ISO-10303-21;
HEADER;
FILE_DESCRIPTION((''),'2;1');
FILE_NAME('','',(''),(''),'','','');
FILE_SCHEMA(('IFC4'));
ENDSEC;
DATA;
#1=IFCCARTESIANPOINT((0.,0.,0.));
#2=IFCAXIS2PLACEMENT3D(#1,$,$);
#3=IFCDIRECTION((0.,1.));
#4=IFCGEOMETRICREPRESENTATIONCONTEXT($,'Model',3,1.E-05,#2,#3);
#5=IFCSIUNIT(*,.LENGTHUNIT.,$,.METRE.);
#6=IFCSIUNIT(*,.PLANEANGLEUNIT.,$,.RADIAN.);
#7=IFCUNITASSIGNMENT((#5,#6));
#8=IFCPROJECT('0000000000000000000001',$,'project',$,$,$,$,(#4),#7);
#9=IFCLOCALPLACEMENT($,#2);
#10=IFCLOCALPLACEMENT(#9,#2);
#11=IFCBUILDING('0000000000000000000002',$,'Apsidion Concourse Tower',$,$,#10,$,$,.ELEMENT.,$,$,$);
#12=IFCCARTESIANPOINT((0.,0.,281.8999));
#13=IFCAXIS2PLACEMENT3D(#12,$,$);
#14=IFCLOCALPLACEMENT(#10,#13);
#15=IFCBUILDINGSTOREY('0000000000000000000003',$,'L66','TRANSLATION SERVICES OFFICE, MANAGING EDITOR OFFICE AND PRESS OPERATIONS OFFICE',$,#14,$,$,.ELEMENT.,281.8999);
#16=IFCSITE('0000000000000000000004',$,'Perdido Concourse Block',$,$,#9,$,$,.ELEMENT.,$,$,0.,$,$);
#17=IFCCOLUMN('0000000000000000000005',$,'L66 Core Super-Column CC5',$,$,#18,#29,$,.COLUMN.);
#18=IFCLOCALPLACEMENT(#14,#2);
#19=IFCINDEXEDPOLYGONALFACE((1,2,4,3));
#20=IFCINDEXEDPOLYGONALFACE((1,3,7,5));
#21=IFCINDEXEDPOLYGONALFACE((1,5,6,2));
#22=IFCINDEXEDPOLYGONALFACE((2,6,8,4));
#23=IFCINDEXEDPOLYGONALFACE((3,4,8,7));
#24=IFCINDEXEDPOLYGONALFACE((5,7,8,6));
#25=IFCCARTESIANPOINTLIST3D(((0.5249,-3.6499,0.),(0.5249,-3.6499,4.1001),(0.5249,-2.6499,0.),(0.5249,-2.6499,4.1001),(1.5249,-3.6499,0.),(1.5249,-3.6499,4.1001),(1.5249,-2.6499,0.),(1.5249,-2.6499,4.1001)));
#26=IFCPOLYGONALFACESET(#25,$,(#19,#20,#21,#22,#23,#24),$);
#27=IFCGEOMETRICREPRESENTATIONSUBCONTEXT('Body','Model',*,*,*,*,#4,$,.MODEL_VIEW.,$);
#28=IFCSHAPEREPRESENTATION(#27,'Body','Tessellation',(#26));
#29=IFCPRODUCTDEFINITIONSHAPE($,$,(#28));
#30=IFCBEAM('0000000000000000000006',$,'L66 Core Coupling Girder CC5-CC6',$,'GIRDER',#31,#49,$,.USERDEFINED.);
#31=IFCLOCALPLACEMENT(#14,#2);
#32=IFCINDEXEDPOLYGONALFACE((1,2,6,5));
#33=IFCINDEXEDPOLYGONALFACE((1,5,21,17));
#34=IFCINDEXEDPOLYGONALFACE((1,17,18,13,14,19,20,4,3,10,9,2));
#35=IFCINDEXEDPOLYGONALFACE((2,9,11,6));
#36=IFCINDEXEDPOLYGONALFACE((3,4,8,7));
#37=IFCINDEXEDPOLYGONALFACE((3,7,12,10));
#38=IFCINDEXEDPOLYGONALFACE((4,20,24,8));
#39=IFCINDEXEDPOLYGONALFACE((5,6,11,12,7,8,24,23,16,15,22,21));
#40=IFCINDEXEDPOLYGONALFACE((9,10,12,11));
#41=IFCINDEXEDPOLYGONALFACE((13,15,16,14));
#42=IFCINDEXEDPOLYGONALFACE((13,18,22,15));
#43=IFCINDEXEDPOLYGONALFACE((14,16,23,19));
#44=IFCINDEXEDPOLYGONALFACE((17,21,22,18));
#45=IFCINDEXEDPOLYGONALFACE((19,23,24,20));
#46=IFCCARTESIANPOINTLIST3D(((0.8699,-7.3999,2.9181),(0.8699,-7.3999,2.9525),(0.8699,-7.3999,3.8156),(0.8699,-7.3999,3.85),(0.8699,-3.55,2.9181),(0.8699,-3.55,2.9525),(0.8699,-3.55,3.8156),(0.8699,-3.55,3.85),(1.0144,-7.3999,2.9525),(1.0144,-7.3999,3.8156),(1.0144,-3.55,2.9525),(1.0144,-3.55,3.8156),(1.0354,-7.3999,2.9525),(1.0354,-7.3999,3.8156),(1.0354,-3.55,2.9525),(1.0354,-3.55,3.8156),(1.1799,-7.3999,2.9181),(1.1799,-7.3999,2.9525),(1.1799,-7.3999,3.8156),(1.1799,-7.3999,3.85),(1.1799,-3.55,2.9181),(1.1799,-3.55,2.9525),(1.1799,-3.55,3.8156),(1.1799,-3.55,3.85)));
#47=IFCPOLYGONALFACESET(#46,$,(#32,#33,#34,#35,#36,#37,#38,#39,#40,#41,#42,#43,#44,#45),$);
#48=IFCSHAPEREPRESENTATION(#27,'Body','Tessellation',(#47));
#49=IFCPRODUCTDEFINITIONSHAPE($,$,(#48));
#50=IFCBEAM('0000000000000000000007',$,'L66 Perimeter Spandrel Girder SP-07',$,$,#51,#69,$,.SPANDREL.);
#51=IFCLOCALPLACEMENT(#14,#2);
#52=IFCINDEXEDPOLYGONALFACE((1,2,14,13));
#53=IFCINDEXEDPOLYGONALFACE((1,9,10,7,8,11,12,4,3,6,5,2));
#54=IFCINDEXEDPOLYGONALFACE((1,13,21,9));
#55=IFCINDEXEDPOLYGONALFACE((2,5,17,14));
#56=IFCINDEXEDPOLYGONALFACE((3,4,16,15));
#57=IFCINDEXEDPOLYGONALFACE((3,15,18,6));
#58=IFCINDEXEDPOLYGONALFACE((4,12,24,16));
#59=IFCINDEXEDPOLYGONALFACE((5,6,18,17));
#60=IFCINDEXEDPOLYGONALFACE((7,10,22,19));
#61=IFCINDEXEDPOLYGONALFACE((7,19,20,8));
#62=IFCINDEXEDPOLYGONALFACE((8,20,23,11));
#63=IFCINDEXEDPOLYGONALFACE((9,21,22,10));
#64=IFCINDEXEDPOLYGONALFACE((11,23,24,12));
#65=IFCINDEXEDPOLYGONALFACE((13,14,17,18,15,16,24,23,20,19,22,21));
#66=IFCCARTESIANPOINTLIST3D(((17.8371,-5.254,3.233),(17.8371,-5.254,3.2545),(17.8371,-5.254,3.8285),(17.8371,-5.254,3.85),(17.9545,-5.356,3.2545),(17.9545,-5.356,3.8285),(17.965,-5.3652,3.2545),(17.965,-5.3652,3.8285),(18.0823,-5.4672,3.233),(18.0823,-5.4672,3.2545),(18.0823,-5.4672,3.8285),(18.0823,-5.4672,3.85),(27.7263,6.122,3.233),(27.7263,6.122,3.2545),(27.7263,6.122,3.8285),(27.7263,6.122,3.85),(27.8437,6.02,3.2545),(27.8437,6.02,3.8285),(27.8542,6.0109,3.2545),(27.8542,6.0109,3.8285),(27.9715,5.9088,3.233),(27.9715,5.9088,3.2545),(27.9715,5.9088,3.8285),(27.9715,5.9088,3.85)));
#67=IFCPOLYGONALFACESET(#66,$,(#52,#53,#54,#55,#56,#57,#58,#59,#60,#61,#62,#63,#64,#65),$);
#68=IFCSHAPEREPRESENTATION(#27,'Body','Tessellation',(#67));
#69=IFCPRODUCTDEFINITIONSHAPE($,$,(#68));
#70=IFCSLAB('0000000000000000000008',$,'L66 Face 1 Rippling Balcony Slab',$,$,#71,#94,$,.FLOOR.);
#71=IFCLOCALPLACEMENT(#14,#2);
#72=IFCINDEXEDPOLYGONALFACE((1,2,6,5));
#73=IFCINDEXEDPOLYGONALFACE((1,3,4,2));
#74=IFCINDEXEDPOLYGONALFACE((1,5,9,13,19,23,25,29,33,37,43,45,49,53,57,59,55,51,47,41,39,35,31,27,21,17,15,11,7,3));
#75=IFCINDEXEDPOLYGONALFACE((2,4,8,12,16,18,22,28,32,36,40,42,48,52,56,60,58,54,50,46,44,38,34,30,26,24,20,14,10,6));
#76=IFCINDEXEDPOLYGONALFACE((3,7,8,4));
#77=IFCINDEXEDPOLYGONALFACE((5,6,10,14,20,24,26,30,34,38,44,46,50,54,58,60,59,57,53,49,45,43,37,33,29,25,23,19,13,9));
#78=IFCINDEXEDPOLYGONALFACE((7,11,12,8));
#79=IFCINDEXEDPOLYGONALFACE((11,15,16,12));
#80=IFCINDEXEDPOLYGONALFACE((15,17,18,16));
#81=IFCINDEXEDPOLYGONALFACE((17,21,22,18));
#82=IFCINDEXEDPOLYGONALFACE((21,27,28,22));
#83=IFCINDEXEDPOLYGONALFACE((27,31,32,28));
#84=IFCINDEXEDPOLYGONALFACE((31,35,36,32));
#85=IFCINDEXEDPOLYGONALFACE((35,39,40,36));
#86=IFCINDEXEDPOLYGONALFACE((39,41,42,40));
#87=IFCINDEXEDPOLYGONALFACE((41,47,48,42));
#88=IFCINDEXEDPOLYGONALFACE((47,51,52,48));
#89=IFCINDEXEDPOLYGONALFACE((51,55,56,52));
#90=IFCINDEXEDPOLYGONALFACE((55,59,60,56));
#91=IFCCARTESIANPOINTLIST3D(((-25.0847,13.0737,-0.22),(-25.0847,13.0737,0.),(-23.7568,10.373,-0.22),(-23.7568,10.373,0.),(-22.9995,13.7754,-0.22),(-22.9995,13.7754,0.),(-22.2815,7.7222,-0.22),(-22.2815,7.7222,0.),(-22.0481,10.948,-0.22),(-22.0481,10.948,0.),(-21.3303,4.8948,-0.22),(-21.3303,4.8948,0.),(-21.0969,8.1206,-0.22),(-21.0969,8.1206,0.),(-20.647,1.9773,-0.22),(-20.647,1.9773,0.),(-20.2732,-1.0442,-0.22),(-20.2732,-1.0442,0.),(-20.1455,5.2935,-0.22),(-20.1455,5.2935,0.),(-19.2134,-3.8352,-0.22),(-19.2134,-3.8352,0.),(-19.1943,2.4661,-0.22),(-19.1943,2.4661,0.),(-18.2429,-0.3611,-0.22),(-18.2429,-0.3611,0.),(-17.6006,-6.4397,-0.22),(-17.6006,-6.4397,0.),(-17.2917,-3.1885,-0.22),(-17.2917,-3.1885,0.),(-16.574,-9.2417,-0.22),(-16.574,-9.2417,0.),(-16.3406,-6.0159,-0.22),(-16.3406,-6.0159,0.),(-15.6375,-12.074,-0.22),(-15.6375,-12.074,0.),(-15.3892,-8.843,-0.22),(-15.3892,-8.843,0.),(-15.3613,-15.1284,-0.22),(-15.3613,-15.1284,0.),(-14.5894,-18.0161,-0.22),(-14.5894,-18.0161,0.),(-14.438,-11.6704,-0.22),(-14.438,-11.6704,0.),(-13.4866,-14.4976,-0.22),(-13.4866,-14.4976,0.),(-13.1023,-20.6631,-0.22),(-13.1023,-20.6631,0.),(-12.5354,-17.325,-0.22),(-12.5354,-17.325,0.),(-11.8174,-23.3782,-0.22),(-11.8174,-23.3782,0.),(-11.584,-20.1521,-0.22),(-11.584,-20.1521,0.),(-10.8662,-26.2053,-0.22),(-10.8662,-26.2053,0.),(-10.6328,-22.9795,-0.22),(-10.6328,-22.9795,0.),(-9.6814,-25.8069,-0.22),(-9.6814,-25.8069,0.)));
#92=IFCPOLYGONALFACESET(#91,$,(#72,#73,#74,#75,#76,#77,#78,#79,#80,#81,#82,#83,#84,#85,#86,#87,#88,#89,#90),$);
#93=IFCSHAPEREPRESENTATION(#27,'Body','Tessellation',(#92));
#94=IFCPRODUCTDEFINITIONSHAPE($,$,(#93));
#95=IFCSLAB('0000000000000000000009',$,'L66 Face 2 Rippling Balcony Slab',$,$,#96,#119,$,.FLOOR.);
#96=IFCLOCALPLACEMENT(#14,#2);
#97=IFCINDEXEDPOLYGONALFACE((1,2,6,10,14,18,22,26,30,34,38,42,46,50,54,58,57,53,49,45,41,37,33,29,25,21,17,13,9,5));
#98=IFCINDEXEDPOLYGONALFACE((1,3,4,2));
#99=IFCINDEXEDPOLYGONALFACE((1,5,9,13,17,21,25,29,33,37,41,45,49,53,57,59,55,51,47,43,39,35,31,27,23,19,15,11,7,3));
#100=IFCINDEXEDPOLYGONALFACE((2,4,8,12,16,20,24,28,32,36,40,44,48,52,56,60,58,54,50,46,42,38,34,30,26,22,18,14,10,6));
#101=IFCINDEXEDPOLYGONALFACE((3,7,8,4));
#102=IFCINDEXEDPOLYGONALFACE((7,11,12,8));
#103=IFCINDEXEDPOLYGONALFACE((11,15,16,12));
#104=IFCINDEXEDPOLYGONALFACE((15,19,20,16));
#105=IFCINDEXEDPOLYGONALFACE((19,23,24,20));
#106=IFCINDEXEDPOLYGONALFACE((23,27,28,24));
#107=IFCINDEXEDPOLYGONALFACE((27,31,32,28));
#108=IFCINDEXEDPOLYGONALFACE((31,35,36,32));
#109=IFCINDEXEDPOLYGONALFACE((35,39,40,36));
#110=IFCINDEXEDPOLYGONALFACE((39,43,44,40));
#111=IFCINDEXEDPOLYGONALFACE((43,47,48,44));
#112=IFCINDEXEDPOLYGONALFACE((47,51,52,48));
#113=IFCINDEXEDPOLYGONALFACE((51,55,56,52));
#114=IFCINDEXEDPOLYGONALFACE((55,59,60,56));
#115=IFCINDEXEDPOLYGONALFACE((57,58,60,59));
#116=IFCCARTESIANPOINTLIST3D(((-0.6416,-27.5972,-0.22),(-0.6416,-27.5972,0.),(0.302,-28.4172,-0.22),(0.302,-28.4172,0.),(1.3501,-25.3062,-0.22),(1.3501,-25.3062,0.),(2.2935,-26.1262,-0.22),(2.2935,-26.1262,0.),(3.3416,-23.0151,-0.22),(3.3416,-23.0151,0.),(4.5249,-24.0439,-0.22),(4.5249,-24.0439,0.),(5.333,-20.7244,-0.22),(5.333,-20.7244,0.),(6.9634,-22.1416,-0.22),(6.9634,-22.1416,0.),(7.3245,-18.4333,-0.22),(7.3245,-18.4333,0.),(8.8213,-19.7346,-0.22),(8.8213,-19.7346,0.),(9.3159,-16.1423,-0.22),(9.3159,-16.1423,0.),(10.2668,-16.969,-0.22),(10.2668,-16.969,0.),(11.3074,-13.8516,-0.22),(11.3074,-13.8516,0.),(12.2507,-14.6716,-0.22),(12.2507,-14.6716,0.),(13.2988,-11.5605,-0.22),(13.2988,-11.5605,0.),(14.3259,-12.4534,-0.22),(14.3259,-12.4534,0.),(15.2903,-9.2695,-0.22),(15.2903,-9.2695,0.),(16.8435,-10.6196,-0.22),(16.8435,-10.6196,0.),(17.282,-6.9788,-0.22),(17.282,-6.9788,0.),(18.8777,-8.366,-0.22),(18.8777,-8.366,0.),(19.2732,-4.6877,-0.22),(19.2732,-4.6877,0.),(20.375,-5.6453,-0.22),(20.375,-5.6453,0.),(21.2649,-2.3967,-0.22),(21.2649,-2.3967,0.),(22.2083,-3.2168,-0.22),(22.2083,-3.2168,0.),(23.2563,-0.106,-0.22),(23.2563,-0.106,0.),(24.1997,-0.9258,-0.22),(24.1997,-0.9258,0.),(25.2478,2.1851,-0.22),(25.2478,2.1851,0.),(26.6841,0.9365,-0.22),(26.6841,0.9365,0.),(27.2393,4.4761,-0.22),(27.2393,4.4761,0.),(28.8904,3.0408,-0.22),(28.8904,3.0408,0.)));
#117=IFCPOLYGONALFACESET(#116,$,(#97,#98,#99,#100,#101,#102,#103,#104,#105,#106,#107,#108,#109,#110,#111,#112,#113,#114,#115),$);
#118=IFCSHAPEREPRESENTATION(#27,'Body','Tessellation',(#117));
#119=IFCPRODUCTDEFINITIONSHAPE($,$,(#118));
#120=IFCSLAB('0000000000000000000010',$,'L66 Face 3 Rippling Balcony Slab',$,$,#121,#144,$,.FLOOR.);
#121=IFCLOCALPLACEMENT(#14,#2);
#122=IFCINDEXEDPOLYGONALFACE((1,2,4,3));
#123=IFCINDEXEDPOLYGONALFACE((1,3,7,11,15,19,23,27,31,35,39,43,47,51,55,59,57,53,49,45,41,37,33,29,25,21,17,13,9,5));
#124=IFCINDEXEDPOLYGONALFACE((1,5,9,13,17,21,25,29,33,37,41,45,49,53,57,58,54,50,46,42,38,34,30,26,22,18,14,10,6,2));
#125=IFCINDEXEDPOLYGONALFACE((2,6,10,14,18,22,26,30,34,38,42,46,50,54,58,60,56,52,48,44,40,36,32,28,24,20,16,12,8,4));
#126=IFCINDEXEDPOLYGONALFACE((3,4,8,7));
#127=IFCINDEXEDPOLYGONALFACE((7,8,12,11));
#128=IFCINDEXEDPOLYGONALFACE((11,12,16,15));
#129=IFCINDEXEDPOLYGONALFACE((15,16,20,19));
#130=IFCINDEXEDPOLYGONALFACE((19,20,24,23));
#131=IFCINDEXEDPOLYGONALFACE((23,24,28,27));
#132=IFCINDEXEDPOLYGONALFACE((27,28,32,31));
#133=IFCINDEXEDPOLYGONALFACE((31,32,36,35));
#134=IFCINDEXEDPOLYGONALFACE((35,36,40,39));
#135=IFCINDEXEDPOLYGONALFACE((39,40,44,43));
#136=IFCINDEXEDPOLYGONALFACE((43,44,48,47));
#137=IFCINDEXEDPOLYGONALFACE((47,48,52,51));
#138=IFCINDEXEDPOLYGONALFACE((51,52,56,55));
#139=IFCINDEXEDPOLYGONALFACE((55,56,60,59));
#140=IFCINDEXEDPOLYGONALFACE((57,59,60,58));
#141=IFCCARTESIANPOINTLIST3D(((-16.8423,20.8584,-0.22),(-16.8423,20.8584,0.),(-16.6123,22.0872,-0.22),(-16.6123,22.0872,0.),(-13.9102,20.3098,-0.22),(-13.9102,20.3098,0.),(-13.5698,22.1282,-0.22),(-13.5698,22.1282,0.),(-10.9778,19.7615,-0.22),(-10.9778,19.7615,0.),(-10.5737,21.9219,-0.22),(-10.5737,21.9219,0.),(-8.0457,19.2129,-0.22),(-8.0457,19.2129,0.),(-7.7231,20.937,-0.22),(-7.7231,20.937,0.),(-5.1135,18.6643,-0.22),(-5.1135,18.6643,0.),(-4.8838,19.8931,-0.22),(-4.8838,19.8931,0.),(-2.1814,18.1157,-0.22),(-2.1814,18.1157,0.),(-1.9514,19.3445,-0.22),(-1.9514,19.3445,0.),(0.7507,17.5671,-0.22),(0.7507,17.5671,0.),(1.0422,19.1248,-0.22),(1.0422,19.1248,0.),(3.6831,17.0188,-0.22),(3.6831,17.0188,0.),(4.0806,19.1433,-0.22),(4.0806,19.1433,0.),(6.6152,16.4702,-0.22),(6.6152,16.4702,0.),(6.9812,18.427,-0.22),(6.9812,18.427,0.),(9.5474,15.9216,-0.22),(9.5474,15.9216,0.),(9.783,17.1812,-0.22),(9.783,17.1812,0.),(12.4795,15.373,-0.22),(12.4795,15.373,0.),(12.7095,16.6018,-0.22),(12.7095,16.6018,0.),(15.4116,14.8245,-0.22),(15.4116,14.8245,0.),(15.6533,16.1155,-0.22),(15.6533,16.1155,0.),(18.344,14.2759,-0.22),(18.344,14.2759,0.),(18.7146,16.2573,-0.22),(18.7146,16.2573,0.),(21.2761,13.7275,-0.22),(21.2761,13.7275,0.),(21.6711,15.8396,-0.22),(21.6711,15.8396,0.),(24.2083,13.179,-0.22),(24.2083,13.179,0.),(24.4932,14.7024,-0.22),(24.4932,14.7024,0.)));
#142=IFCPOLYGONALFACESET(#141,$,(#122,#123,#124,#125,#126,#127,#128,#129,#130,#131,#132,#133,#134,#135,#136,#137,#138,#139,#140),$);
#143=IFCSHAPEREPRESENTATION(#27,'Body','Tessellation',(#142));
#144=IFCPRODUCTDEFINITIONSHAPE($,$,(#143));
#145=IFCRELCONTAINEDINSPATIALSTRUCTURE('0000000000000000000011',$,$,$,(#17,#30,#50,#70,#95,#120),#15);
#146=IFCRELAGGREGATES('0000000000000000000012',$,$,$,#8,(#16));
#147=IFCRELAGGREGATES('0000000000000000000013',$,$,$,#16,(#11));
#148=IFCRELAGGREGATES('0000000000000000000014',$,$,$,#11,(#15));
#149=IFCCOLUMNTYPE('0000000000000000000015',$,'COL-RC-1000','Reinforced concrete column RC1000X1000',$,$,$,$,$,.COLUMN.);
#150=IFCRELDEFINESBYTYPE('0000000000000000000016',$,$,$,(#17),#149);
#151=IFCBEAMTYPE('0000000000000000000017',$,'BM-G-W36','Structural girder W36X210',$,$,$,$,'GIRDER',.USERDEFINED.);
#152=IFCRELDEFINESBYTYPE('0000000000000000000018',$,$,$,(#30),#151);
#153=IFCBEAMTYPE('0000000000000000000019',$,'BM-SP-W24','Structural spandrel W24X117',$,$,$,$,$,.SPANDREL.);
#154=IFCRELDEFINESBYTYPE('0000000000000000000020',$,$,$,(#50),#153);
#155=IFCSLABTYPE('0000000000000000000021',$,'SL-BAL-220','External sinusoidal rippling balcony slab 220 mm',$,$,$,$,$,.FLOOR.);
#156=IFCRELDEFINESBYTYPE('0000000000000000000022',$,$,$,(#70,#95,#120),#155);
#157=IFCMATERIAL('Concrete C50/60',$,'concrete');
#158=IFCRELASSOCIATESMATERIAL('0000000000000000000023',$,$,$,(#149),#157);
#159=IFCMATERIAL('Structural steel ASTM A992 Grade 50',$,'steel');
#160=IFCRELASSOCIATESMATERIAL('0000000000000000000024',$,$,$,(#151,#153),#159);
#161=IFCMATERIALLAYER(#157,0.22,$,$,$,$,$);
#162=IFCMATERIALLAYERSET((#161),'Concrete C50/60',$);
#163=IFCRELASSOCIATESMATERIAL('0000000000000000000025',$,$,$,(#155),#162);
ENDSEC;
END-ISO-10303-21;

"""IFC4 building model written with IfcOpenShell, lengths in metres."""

from ifc_helpers import new_model, si_unit, direction, frame, origin, origin_2d, place, context, subcontext, project, spatial, polyline, rectangle, i_section, outline, extrude, material, layer, layer_set, material_profile, profile_set, type_object, element, save


model = new_model("IFC4")

# Units and contexts
model_context = context("Model", 3, precision=1e-05, world=origin(), true_north=direction((0.0, 1.0)))
body_context = subcontext(model_context, "Body", "Model", "MODEL_VIEW")
ifc_project = project(units=[si_unit("LENGTHUNIT", "METRE"), si_unit("PLANEANGLEUNIT", "RADIAN")], contexts=[model_context])

# Site, building, storey
site_placement = place(None, origin())
site = spatial("IfcSite", under=ifc_project, at=site_placement, Name="Perdido Concourse Block", CompositionType="ELEMENT", RefElevation=0.0)
building_placement = place(site_placement, origin())
building = spatial("IfcBuilding", under=site, at=building_placement, Name="Apsidion Concourse Tower", CompositionType="ELEMENT")
storey_placement = place(building_placement, frame((0.0, 0.0, 281.8999)))
storey = spatial("IfcBuildingStorey", under=building, at=storey_placement, Name="L66", Description="TRANSLATION SERVICES OFFICE, MANAGING EDITOR OFFICE AND PRESS OPERATIONS OFFICE", CompositionType="ELEMENT", Elevation=281.8999)

# Column
ifc_material_1 = material(Name="Concrete C50/60", Category="concrete")
ifc_material_profile_1 = material_profile(ifc_material_1, rectangle(XDim=1.0, YDim=1.0, at=origin_2d()), Name="RC 1000x1000")
ifc_profile_set_1 = profile_set([ifc_material_profile_1], Name="Concrete C50/60")
column_type = type_object("IfcColumnType", Name="COL-RC-1000", Description="Reinforced concrete column RC1000X1000", PredefinedType="COLUMN", material=ifc_profile_set_1)
column_placement = place(storey_placement, frame((1.0249, -3.1499, 0.0), z_axis=(0.0, 0.0, 1.0), x_axis=(1.0, 0.0, 0.0)))
element("IfcColumn", 1, at=column_placement, inside=storey, type_object=column_type, Name="L66 Core Super-Column CC5", PredefinedType="COLUMN", context=body_context, shape_type="SweptSolid", body=[
    extrude(rectangle(XDim=1.0, YDim=1.0, at=origin_2d()), origin(), (0.0, 0.0, 1.0), 4.1001),
])

# Beams
ifc_material_2 = material(Name="Structural steel ASTM A992 Grade 50", Category="steel")
ifc_material_profile_2 = material_profile(ifc_material_2, i_section(OverallWidth=0.3101, OverallDepth=0.9319, WebThickness=0.021, FlangeThickness=0.0344, at=origin_2d()), Name="W36X210")
ifc_profile_set_2 = profile_set([ifc_material_profile_2], Name="Structural steel ASTM A992 Grade 50")
beam_type_1 = type_object("IfcBeamType", Name="BM-G-W36", Description="Structural girder W36X210", ElementType="GIRDER", PredefinedType="USERDEFINED", material=ifc_profile_set_2)
beam_1_placement = place(storey_placement, frame((1.0249, -3.55, 3.384), z_axis=(0.0, -1.0, 0.0), x_axis=(1.0, 0.0, 0.0)))
element("IfcBeam", 2, at=beam_1_placement, inside=storey, type_object=beam_type_1, Name="L66 Core Coupling Girder CC5-CC6", ObjectType="GIRDER", PredefinedType="USERDEFINED", context=body_context, shape_type="SweptSolid", body=[
    extrude(i_section(OverallWidth=0.3101, OverallDepth=0.9319, WebThickness=0.021, FlangeThickness=0.0344, at=origin_2d()), origin(), (0.0, 0.0, 1.0), 3.8499),
])
ifc_material_profile_3 = material_profile(ifc_material_2, i_section(OverallWidth=0.325, OverallDepth=0.6169, WebThickness=0.0139, FlangeThickness=0.0215, at=origin_2d()), Name="W24X117")
ifc_profile_set_3 = profile_set([ifc_material_profile_3], Name="Structural steel ASTM A992 Grade 50")
beam_type_2 = type_object("IfcBeamType", Name="BM-SP-W24", Description="Structural spandrel W24X117", PredefinedType="SPANDREL", material=ifc_profile_set_3)
beam_2_placement = place(storey_placement, frame((17.9597, -5.3606, 3.5415), z_axis=(0.656066, 0.754704, 0.0), x_axis=(-0.754704, 0.656066, 0.0)))
element("IfcBeam", 3, at=beam_2_placement, inside=storey, type_object=beam_type_2, Name="L66 Perimeter Spandrel Girder SP-07", PredefinedType="SPANDREL", context=body_context, shape_type="SweptSolid", body=[
    extrude(i_section(OverallWidth=0.325, OverallDepth=0.6169, WebThickness=0.0139, FlangeThickness=0.0215, at=origin_2d()), origin(), (0.0, 0.0, 1.0), 15.0735),
])

# Slabs
ifc_layer_1 = layer(ifc_material_1, 0.22)
ifc_layer_set_1 = layer_set([ifc_layer_1], Name="Concrete C50/60")
slab_type_1 = type_object("IfcSlabType", Name="SL-BAL-220", Description="External sinusoidal rippling balcony slab 220 mm", PredefinedType="FLOOR", material=ifc_layer_set_1)
slab_1_placement = place(storey_placement, frame((0.0, 0.0, -0.22)))
element("IfcSlab", 4, at=slab_1_placement, inside=storey, type_object=slab_type_1, Name="L66 Face 1 Rippling Balcony Slab", PredefinedType="FLOOR", context=body_context, shape_type="SweptSolid", body=[
    extrude(outline(polyline([(-22.9995, 13.7754), (-22.0481, 10.948), (-21.0969, 8.1206), (-20.1455, 5.2935), (-19.1943, 2.4661), (-18.2429, -0.3611), (-17.2917, -3.1885), (-16.3406, -6.0159), (-15.3892, -8.843), (-14.438, -11.6704), (-13.4866, -14.4976), (-12.5354, -17.325), (-11.584, -20.1521), (-10.6328, -22.9795), (-9.6814, -25.8069), (-10.8662, -26.2053), (-11.8174, -23.3782), (-13.1023, -20.6631), (-14.5894, -18.0161), (-15.3613, -15.1284), (-15.6375, -12.074), (-16.574, -9.2417), (-17.6006, -6.4397), (-19.2134, -3.8352), (-20.2732, -1.0442), (-20.647, 1.9773), (-21.3303, 4.8948), (-22.2815, 7.7222), (-23.7568, 10.373), (-25.0847, 13.0737), (-22.9995, 13.7754)])), origin(), (0.0, 0.0, 1.0), 0.22),
])
slab_2_placement = place(storey_placement, frame((0.0, 0.0, -0.22)))
element("IfcSlab", 5, at=slab_2_placement, inside=storey, type_object=slab_type_1, Name="L66 Face 2 Rippling Balcony Slab", PredefinedType="FLOOR", context=body_context, shape_type="SweptSolid", body=[
    extrude(outline(polyline([(-0.6416, -27.5972), (1.3501, -25.3062), (3.3416, -23.0151), (5.333, -20.7244), (7.3245, -18.4333), (9.3159, -16.1423), (11.3074, -13.8516), (13.2988, -11.5605), (15.2903, -9.2695), (17.282, -6.9788), (19.2732, -4.6877), (21.2649, -2.3967), (23.2563, -0.106), (25.2478, 2.1851), (27.2393, 4.4761), (28.8904, 3.0408), (26.6841, 0.9365), (24.1997, -0.9258), (22.2083, -3.2168), (20.375, -5.6453), (18.8777, -8.366), (16.8435, -10.6196), (14.3259, -12.4534), (12.2507, -14.6716), (10.2668, -16.969), (8.8213, -19.7346), (6.9634, -22.1416), (4.5249, -24.0439), (2.2935, -26.1262), (0.302, -28.4172), (-0.6416, -27.5972)])), origin(), (0.0, 0.0, 1.0), 0.22),
])
slab_3_placement = place(storey_placement, frame((0.0, 0.0, -0.22)))
element("IfcSlab", 6, at=slab_3_placement, inside=storey, type_object=slab_type_1, Name="L66 Face 3 Rippling Balcony Slab", PredefinedType="FLOOR", context=body_context, shape_type="SweptSolid", body=[
    extrude(outline(polyline([(24.2083, 13.179), (21.2761, 13.7275), (18.344, 14.2759), (15.4116, 14.8245), (12.4795, 15.373), (9.5474, 15.9216), (6.6152, 16.4702), (3.6831, 17.0188), (0.7507, 17.5671), (-2.1814, 18.1157), (-5.1135, 18.6643), (-8.0457, 19.2129), (-10.9778, 19.7615), (-13.9102, 20.3098), (-16.8423, 20.8584), (-16.6123, 22.0872), (-13.5698, 22.1282), (-10.5737, 21.9219), (-7.7231, 20.937), (-4.8838, 19.8931), (-1.9514, 19.3445), (1.0422, 19.1248), (4.0806, 19.1433), (6.9812, 18.427), (9.783, 17.1812), (12.7095, 16.6018), (15.6533, 16.1155), (18.7146, 16.2573), (21.6711, 15.8396), (24.4932, 14.7024), (24.2083, 13.179)])), origin(), (0.0, 0.0, 1.0), 0.22),
])

save(model, "model.ifc")
